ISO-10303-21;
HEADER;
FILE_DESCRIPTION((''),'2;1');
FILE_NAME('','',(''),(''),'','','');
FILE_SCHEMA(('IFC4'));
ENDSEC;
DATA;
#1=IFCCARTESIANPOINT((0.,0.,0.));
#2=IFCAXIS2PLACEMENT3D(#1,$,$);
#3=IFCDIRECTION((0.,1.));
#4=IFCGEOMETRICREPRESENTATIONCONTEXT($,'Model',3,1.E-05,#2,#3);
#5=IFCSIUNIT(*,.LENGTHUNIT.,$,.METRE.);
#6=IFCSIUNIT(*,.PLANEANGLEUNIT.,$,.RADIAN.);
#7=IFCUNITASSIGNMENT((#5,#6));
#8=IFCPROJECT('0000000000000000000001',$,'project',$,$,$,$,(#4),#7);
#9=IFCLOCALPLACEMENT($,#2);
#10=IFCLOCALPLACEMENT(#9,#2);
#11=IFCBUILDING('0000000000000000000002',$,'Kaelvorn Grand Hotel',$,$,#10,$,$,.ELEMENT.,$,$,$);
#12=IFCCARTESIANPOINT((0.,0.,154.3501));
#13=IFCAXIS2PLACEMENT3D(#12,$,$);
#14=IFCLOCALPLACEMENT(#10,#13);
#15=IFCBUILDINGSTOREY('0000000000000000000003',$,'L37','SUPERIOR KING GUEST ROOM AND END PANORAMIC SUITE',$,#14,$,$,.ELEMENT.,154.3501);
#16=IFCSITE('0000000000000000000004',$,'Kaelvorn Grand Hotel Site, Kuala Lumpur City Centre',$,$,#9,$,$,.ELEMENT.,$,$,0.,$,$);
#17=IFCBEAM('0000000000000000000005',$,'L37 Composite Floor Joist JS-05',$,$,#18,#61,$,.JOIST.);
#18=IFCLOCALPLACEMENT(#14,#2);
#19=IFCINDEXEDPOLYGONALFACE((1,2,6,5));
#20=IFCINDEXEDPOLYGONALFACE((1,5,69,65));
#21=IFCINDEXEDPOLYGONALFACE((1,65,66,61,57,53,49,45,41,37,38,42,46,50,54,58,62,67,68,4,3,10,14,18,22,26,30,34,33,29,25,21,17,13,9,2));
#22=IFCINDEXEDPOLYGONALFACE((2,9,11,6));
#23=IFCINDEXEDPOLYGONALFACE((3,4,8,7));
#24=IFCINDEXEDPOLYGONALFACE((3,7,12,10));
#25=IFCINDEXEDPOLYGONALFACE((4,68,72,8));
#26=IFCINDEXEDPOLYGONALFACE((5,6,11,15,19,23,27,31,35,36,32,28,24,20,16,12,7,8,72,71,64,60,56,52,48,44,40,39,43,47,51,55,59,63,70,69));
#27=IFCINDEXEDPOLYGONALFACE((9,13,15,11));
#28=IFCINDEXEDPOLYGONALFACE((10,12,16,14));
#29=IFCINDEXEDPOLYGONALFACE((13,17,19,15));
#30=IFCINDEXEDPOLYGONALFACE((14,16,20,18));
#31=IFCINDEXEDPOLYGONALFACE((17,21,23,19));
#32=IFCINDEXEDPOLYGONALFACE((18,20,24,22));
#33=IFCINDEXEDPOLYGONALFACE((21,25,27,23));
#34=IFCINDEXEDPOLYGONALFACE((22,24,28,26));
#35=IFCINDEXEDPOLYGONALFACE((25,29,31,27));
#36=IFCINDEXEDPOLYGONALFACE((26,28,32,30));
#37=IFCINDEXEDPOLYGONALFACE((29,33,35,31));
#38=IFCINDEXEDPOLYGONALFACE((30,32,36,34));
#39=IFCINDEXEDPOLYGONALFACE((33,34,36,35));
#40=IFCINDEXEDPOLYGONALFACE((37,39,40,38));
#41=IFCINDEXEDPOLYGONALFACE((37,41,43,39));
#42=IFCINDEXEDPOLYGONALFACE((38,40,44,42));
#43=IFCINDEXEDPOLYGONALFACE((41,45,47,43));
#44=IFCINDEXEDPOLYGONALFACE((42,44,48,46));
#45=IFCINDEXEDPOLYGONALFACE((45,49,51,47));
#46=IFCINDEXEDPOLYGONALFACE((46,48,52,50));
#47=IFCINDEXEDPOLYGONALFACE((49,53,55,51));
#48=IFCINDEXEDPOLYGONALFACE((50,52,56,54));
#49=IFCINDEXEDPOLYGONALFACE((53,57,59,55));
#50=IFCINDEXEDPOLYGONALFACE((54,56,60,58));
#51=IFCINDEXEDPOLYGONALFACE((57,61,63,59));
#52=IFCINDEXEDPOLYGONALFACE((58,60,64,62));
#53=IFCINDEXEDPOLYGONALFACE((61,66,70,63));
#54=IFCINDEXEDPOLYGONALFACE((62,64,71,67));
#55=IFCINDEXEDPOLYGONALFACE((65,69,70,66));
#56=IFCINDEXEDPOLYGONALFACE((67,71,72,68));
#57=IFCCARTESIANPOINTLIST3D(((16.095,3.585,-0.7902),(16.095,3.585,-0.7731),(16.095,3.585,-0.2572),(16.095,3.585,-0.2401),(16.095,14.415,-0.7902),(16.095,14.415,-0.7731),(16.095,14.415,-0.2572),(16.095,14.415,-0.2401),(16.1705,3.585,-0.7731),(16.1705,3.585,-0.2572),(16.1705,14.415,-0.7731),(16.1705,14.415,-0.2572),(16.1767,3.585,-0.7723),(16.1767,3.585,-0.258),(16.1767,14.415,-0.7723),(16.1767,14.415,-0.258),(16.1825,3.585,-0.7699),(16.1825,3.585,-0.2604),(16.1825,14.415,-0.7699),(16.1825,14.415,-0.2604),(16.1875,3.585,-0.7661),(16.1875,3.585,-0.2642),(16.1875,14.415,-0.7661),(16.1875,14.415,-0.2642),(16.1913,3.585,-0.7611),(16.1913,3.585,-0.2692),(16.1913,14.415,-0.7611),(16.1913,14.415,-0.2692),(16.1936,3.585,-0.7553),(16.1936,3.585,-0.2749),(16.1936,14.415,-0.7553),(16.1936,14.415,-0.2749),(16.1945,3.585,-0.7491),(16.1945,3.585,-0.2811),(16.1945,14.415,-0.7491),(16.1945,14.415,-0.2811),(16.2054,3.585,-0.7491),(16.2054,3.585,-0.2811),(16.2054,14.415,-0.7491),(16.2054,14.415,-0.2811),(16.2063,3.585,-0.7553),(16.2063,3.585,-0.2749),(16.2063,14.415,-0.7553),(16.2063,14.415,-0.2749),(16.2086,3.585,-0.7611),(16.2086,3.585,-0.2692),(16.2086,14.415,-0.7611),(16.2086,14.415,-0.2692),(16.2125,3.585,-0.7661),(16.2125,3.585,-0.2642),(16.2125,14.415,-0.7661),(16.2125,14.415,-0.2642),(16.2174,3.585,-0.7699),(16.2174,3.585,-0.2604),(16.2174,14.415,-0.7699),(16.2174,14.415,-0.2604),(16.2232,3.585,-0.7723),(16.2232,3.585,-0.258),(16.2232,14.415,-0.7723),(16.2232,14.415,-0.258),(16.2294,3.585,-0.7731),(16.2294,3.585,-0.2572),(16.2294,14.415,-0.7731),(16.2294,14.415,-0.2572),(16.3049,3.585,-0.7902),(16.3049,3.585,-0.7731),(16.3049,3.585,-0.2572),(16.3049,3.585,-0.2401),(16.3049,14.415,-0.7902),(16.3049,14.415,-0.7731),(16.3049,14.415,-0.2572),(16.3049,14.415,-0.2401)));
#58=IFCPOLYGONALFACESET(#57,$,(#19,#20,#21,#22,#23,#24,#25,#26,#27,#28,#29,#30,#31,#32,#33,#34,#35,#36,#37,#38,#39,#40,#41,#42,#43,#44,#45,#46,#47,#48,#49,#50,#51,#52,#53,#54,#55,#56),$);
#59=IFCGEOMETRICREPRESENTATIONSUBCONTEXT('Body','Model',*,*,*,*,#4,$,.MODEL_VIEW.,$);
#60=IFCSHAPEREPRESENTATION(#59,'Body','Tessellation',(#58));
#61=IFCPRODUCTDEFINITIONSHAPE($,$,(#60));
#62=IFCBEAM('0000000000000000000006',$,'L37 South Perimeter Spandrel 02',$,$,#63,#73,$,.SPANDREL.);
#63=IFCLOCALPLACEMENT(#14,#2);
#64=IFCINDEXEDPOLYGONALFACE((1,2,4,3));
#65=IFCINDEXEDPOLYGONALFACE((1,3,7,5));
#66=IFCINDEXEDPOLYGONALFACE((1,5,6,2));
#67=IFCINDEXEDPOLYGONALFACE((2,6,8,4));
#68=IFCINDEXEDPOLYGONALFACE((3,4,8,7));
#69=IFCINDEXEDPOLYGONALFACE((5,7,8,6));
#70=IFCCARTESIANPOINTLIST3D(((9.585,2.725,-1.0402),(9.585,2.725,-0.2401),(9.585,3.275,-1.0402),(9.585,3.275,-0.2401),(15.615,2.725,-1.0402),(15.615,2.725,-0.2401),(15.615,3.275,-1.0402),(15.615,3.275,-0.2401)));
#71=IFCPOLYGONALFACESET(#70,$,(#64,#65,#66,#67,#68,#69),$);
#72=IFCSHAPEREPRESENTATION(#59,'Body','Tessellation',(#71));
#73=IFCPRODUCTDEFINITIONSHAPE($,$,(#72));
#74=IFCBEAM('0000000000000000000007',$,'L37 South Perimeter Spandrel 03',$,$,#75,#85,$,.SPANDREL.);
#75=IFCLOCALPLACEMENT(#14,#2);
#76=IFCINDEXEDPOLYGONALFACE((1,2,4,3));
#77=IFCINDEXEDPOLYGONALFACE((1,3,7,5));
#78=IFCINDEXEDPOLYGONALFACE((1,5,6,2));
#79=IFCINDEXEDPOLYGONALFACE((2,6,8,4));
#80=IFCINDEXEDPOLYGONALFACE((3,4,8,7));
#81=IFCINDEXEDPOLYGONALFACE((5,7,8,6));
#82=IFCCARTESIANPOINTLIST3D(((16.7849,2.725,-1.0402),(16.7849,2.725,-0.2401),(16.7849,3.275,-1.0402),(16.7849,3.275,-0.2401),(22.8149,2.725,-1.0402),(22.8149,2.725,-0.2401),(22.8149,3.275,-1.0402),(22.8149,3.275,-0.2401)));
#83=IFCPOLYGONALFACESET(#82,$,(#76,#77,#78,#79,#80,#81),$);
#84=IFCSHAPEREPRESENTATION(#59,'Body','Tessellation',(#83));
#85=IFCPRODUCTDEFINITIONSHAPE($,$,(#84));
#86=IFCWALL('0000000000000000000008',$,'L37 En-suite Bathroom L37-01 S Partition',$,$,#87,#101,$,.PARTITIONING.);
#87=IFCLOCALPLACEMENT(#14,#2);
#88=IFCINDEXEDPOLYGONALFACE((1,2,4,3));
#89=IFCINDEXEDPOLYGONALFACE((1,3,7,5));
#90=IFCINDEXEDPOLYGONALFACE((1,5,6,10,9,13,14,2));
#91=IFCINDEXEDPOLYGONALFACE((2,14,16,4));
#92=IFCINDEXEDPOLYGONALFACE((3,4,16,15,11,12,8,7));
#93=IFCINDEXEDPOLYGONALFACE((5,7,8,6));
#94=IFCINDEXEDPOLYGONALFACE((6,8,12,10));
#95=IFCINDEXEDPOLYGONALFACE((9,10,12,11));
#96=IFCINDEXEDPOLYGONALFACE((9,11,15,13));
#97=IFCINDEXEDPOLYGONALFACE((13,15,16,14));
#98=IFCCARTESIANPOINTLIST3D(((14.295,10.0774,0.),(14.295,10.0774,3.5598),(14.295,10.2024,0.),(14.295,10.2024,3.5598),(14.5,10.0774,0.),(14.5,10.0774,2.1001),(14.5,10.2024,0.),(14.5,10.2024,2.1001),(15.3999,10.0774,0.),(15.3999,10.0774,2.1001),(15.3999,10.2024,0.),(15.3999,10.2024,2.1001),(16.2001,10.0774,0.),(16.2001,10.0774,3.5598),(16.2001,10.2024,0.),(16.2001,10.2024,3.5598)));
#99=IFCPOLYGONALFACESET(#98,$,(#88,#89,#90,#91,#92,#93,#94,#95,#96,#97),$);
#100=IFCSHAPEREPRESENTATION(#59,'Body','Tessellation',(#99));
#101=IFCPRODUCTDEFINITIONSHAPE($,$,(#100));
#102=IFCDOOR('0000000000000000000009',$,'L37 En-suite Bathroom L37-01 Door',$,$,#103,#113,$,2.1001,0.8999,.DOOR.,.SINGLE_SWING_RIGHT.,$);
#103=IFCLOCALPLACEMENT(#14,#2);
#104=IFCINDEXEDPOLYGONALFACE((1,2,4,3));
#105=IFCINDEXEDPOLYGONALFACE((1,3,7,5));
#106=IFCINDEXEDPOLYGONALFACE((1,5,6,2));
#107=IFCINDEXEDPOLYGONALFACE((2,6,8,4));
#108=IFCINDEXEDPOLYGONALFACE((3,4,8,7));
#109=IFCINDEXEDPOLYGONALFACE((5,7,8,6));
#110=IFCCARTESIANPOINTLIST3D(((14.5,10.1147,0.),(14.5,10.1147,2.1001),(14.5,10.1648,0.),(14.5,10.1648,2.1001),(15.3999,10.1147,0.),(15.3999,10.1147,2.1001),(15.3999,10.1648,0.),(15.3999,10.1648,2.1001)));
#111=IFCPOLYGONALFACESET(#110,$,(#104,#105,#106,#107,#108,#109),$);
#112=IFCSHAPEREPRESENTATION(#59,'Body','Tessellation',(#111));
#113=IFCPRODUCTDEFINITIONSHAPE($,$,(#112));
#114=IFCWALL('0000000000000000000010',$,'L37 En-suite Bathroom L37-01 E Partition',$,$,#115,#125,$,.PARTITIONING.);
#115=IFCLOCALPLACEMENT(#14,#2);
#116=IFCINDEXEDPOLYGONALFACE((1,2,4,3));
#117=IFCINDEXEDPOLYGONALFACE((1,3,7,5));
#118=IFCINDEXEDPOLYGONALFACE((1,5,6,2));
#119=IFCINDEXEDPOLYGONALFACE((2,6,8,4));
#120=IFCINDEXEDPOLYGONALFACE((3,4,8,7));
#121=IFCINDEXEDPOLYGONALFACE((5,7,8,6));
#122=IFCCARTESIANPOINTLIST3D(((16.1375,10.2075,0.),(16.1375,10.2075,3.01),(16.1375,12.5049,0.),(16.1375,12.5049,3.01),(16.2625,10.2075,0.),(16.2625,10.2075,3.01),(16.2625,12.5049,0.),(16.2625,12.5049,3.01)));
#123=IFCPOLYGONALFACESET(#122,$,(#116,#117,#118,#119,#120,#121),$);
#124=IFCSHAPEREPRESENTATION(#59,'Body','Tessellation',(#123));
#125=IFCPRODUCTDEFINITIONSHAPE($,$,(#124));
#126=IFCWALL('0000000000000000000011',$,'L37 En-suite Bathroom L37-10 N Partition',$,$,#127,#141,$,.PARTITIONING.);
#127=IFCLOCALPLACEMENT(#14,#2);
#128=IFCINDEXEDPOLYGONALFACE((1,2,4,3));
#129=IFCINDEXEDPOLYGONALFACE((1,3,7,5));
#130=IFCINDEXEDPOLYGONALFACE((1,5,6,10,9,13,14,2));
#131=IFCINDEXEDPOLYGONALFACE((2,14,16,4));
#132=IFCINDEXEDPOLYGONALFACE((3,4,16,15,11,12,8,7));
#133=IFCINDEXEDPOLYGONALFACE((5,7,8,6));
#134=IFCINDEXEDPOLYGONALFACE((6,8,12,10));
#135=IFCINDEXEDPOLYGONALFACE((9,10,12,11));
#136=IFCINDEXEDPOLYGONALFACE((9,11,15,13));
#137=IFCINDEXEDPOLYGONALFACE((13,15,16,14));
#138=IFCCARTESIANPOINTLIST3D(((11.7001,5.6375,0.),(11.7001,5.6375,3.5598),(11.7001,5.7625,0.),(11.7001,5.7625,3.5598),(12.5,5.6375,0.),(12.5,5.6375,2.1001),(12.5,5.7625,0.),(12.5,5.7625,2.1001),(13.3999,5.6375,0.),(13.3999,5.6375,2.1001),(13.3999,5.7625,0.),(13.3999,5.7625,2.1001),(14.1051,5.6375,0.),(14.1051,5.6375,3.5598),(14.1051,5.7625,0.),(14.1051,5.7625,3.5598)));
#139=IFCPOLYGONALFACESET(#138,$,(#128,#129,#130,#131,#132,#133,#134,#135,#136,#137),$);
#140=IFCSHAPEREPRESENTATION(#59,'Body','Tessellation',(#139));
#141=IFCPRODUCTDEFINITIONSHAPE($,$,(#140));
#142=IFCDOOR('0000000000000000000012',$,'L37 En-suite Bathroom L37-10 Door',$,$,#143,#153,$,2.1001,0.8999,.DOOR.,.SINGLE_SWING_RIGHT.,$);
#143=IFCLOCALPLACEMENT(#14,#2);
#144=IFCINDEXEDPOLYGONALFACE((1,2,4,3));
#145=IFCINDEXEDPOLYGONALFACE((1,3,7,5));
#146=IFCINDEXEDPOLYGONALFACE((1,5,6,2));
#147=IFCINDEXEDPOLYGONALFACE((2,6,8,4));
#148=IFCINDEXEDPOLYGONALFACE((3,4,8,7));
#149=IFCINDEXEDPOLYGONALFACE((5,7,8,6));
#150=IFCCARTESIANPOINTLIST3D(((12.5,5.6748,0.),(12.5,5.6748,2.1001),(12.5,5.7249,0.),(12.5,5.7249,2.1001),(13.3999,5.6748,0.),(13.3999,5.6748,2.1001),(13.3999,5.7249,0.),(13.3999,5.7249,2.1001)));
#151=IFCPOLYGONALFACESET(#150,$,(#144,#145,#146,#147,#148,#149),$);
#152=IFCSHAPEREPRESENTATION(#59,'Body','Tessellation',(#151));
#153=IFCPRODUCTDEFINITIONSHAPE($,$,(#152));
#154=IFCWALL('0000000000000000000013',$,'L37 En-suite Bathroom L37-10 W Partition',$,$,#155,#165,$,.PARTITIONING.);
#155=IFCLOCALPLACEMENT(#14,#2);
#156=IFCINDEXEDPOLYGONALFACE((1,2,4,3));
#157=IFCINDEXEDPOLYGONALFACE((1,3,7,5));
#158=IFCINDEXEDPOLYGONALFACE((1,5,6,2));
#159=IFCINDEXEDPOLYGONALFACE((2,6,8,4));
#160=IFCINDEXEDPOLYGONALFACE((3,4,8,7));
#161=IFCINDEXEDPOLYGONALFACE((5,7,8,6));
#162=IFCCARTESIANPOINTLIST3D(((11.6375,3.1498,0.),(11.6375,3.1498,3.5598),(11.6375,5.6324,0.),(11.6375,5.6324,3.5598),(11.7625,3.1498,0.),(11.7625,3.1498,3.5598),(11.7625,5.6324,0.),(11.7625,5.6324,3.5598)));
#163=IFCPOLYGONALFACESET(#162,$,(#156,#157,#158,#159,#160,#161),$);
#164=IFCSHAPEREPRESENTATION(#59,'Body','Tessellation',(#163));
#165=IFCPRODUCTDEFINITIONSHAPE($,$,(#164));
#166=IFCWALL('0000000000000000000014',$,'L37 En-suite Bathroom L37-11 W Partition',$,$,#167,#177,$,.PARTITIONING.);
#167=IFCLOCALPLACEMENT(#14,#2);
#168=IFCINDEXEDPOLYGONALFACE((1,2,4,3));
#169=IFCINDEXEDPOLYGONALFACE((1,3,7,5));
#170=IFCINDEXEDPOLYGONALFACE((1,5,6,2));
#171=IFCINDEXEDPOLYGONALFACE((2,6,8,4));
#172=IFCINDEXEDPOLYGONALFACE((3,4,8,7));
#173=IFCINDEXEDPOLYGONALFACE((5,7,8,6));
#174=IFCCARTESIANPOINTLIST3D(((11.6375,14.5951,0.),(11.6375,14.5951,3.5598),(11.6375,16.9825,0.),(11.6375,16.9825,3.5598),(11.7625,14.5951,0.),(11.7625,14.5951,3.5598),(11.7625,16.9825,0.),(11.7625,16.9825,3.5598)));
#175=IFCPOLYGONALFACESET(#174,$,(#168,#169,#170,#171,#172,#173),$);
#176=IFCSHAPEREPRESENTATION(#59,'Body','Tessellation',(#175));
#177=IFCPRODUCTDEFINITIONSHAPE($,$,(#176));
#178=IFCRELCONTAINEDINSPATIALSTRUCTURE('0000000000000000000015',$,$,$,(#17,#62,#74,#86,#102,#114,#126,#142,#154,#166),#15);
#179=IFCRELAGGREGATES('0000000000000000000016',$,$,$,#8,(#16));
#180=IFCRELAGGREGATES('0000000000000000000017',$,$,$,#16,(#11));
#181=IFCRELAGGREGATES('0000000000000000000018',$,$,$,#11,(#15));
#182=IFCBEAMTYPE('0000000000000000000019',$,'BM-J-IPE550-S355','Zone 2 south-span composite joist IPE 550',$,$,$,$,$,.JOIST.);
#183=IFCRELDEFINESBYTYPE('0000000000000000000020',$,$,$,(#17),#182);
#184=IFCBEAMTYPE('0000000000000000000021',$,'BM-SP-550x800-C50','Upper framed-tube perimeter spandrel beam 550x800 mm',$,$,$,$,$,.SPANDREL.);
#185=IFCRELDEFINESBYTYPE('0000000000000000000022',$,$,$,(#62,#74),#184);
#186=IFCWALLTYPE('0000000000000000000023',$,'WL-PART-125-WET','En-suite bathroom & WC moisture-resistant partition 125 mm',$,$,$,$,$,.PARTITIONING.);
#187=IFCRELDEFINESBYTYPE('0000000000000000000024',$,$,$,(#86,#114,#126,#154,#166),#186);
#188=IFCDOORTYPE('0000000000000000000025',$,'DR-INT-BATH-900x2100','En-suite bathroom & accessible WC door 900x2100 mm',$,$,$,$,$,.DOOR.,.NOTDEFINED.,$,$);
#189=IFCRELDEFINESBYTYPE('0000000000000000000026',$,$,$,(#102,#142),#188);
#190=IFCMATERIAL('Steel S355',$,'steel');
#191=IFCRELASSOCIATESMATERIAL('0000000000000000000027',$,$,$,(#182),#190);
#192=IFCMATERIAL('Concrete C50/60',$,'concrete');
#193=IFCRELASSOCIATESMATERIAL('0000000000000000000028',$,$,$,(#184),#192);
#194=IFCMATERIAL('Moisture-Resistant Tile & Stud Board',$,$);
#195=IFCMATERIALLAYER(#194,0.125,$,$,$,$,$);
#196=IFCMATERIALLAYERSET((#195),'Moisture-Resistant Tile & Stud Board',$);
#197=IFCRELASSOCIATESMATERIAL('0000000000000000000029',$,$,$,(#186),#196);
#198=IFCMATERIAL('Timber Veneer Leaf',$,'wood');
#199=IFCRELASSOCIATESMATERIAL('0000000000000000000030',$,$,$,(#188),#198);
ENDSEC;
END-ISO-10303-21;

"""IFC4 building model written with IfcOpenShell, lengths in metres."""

from ifc_helpers import new_model, si_unit, direction, frame, frame_2d, origin, origin_2d, place, context, subcontext, project, spatial, rectangle, i_section, extrude, material, layer, layer_set, material_profile, profile_set, type_object, element, fill, save


model = new_model("IFC4")

# Units and contexts
model_context = context("Model", 3, precision=1e-05, world=origin(), true_north=direction((0.0, 1.0)))
body_context = subcontext(model_context, "Body", "Model", "MODEL_VIEW")
ifc_project = project(units=[si_unit("LENGTHUNIT", "METRE"), si_unit("PLANEANGLEUNIT", "RADIAN")], contexts=[model_context])

# Site, building, storey
site_placement = place(None, origin())
site = spatial("IfcSite", under=ifc_project, at=site_placement, Name="Kaelvorn Grand Hotel Site, Kuala Lumpur City Centre", CompositionType="ELEMENT", RefElevation=0.0)
building_placement = place(site_placement, origin())
building = spatial("IfcBuilding", under=site, at=building_placement, Name="Kaelvorn Grand Hotel", CompositionType="ELEMENT")
storey_placement = place(building_placement, frame((0.0, 0.0, 154.3501)))
storey = spatial("IfcBuildingStorey", under=building, at=storey_placement, Name="L37", Description="SUPERIOR KING GUEST ROOM AND END PANORAMIC SUITE", CompositionType="ELEMENT", Elevation=154.3501)

# Beams
ifc_material_1 = material(Name="Steel S355", Category="steel")
ifc_material_profile_1 = material_profile(ifc_material_1, i_section(OverallWidth=0.21, OverallDepth=0.55, WebThickness=0.011, FlangeThickness=0.0171, FilletRadius=0.0239, at=origin_2d()), Name="IPE 550")
ifc_profile_set_1 = profile_set([ifc_material_profile_1], Name="Steel S355")
beam_type_1 = type_object("IfcBeamType", Name="BM-J-IPE550-S355", Description="Zone 2 south-span composite joist IPE 550", PredefinedType="JOIST", material=ifc_profile_set_1)
beam_1_placement = place(storey_placement, frame((16.2, 3.585, -0.5151), z_axis=(0.0, 1.0, 0.0), x_axis=(-1.0, 0.0, 0.0)))
element("IfcBeam", 1, at=beam_1_placement, inside=storey, type_object=beam_type_1, Name="L37 Composite Floor Joist JS-05", PredefinedType="JOIST", context=body_context, shape_type="SweptSolid", body=[
    extrude(i_section(OverallWidth=0.21, OverallDepth=0.55, WebThickness=0.011, FlangeThickness=0.0171, FilletRadius=0.0239, at=origin_2d()), origin(), (0.0, 0.0, 1.0), 10.8301),
])
ifc_material_2 = material(Name="Concrete C50/60", Category="concrete")
ifc_material_profile_2 = material_profile(ifc_material_2, rectangle(XDim=0.55, YDim=0.8, at=origin_2d()), Name="RC SPANDREL 550x800")
ifc_profile_set_2 = profile_set([ifc_material_profile_2], Name="Concrete C50/60")
beam_type_2 = type_object("IfcBeamType", Name="BM-SP-550x800-C50", Description="Upper framed-tube perimeter spandrel beam 550x800 mm", PredefinedType="SPANDREL", material=ifc_profile_set_2)
for number, where, z_axis, x_axis, name in (
    (2, (9.585, 3.0, -0.6401), (1.0, 0.0, 0.0), (0.0, 1.0, 0.0), "L37 South Perimeter Spandrel 02"),
    (3, (16.7849, 3.0, -0.6401), (1.0, 0.0, 0.0), (0.0, 1.0, 0.0), "L37 South Perimeter Spandrel 03"),
):
    element("IfcBeam", number, at=place(storey_placement, frame(where, z_axis=z_axis, x_axis=x_axis)), inside=storey, type_object=beam_type_2, Name=name, PredefinedType="SPANDREL", context=body_context, shape_type="SweptSolid", body=[
        extrude(rectangle(XDim=0.55, YDim=0.8, at=origin_2d()), origin(), (0.0, 0.0, 1.0), 6.03),
    ])

# Wall, opening, door
ifc_material_3 = material(Name="Moisture-Resistant Tile & Stud Board")
ifc_layer_1 = layer(ifc_material_3, 0.125)
ifc_layer_set_1 = layer_set([ifc_layer_1], Name="Moisture-Resistant Tile & Stud Board")
wall_type_1 = type_object("IfcWallType", Name="WL-PART-125-WET", Description="En-suite bathroom & WC moisture-resistant partition 125 mm", PredefinedType="PARTITIONING", material=ifc_layer_set_1)
wall_1_placement = place(storey_placement, frame((14.2949, 10.1399, 0.0), z_axis=(0.0, 0.0, 1.0), x_axis=(1.0, 0.0, 0.0)))
wall_1 = element("IfcWall", 4, at=wall_1_placement, inside=storey, type_object=wall_type_1, Name="L37 En-suite Bathroom L37-01 S Partition", PredefinedType="PARTITIONING", context=body_context, shape_type="SweptSolid", body=[
    extrude(rectangle(XDim=1.905, YDim=0.125, at=frame_2d((0.9526, 0.0))), origin(), (0.0, 0.0, 1.0), 3.5598),
])
opening_1_placement = place(wall_1_placement, frame((0.2051, 0.0, 0.0)))
opening_1 = element("IfcOpeningElement", 5, at=opening_1_placement, cuts=wall_1, PredefinedType="OPENING", context=body_context, shape_type="SweptSolid", body=[
    extrude(rectangle(XDim=0.8999, YDim=2.1001, at=frame_2d((0.45, 1.05))), frame((0.0, 0.0725, 0.0), z_axis=(0.0, -1.0, 0.0), x_axis=(1.0, 0.0, 0.0)), (0.0, 0.0, 1.0), 0.145),
])
ifc_material_4 = material(Name="Timber Veneer Leaf", Category="wood")
door_type_1 = type_object("IfcDoorType", Name="DR-INT-BATH-900x2100", Description="En-suite bathroom & accessible WC door 900x2100 mm", OperationType="NOTDEFINED", PredefinedType="DOOR", material=ifc_material_4)
door_1_placement = place(opening_1_placement, origin())
door_1 = element("IfcDoor", 6, at=door_1_placement, inside=storey, type_object=door_type_1, Name="L37 En-suite Bathroom L37-01 Door", OperationType="SINGLE_SWING_RIGHT", OverallHeight=2.1001, OverallWidth=0.8999, PredefinedType="DOOR", context=body_context, shape_type="SweptSolid", body=[
    extrude(rectangle(XDim=0.8999, YDim=2.1001, at=frame_2d((0.45, 1.05))), frame((0.0, 0.0249, 0.0), z_axis=(0.0, -1.0, 0.0), x_axis=(1.0, 0.0, 0.0)), (0.0, 0.0, 1.0), 0.05),
])
fill(opening_1, door_1)

# Wall
wall_2_placement = place(storey_placement, frame((16.2, 10.2075, 0.0), z_axis=(0.0, 0.0, 1.0), x_axis=(0.0, 1.0, 0.0)))
element("IfcWall", 7, at=wall_2_placement, inside=storey, type_object=wall_type_1, Name="L37 En-suite Bathroom L37-01 E Partition", PredefinedType="PARTITIONING", context=body_context, shape_type="SweptSolid", body=[
    extrude(rectangle(XDim=2.2974, YDim=0.125, at=frame_2d((1.1487, 0.0))), origin(), (0.0, 0.0, 1.0), 3.01),
])

# Wall, opening, door
wall_3_placement = place(storey_placement, frame((11.7, 5.7, 0.0), z_axis=(0.0, 0.0, 1.0), x_axis=(1.0, 0.0, 0.0)))
wall_3 = element("IfcWall", 8, at=wall_3_placement, inside=storey, type_object=wall_type_1, Name="L37 En-suite Bathroom L37-10 N Partition", PredefinedType="PARTITIONING", context=body_context, shape_type="SweptSolid", body=[
    extrude(rectangle(XDim=2.405, YDim=0.125, at=frame_2d((1.2026, 0.0))), origin(), (0.0, 0.0, 1.0), 3.5598),
])
opening_2_placement = place(wall_3_placement, frame((0.8, 0.0, 0.0)))
opening_2 = element("IfcOpeningElement", 9, at=opening_2_placement, cuts=wall_3, PredefinedType="OPENING", context=body_context, shape_type="SweptSolid", body=[
    extrude(rectangle(XDim=0.8999, YDim=2.1001, at=frame_2d((0.45, 1.05))), frame((0.0, 0.0725, 0.0), z_axis=(0.0, -1.0, 0.0), x_axis=(1.0, 0.0, 0.0)), (0.0, 0.0, 1.0), 0.145),
])
door_2_placement = place(opening_2_placement, origin())
door_2 = element("IfcDoor", 10, at=door_2_placement, inside=storey, type_object=door_type_1, Name="L37 En-suite Bathroom L37-10 Door", OperationType="SINGLE_SWING_RIGHT", OverallHeight=2.1001, OverallWidth=0.8999, PredefinedType="DOOR", context=body_context, shape_type="SweptSolid", body=[
    extrude(rectangle(XDim=0.8999, YDim=2.1001, at=frame_2d((0.45, 1.05))), frame((0.0, 0.0249, 0.0), z_axis=(0.0, -1.0, 0.0), x_axis=(1.0, 0.0, 0.0)), (0.0, 0.0, 1.0), 0.05),
])
fill(opening_2, door_2)

# Walls
wall_4_placement = place(storey_placement, frame((11.7, 3.1499, 0.0), z_axis=(0.0, 0.0, 1.0), x_axis=(0.0, 1.0, 0.0)))
element("IfcWall", 11, at=wall_4_placement, inside=storey, type_object=wall_type_1, Name="L37 En-suite Bathroom L37-10 W Partition", PredefinedType="PARTITIONING", context=body_context, shape_type="SweptSolid", body=[
    extrude(rectangle(XDim=2.4827, YDim=0.125, at=frame_2d((1.2412, 0.0))), origin(), (0.0, 0.0, 1.0), 3.5598),
])
wall_5_placement = place(storey_placement, frame((11.7, 14.595, 0.0), z_axis=(0.0, 0.0, 1.0), x_axis=(0.0, 1.0, 0.0)))
element("IfcWall", 12, at=wall_5_placement, inside=storey, type_object=wall_type_1, Name="L37 En-suite Bathroom L37-11 W Partition", PredefinedType="PARTITIONING", context=body_context, shape_type="SweptSolid", body=[
    extrude(rectangle(XDim=2.3875, YDim=0.125, at=frame_2d((1.1938, 0.0))), origin(), (0.0, 0.0, 1.0), 3.5598),
])

save(model, "model.ifc")
